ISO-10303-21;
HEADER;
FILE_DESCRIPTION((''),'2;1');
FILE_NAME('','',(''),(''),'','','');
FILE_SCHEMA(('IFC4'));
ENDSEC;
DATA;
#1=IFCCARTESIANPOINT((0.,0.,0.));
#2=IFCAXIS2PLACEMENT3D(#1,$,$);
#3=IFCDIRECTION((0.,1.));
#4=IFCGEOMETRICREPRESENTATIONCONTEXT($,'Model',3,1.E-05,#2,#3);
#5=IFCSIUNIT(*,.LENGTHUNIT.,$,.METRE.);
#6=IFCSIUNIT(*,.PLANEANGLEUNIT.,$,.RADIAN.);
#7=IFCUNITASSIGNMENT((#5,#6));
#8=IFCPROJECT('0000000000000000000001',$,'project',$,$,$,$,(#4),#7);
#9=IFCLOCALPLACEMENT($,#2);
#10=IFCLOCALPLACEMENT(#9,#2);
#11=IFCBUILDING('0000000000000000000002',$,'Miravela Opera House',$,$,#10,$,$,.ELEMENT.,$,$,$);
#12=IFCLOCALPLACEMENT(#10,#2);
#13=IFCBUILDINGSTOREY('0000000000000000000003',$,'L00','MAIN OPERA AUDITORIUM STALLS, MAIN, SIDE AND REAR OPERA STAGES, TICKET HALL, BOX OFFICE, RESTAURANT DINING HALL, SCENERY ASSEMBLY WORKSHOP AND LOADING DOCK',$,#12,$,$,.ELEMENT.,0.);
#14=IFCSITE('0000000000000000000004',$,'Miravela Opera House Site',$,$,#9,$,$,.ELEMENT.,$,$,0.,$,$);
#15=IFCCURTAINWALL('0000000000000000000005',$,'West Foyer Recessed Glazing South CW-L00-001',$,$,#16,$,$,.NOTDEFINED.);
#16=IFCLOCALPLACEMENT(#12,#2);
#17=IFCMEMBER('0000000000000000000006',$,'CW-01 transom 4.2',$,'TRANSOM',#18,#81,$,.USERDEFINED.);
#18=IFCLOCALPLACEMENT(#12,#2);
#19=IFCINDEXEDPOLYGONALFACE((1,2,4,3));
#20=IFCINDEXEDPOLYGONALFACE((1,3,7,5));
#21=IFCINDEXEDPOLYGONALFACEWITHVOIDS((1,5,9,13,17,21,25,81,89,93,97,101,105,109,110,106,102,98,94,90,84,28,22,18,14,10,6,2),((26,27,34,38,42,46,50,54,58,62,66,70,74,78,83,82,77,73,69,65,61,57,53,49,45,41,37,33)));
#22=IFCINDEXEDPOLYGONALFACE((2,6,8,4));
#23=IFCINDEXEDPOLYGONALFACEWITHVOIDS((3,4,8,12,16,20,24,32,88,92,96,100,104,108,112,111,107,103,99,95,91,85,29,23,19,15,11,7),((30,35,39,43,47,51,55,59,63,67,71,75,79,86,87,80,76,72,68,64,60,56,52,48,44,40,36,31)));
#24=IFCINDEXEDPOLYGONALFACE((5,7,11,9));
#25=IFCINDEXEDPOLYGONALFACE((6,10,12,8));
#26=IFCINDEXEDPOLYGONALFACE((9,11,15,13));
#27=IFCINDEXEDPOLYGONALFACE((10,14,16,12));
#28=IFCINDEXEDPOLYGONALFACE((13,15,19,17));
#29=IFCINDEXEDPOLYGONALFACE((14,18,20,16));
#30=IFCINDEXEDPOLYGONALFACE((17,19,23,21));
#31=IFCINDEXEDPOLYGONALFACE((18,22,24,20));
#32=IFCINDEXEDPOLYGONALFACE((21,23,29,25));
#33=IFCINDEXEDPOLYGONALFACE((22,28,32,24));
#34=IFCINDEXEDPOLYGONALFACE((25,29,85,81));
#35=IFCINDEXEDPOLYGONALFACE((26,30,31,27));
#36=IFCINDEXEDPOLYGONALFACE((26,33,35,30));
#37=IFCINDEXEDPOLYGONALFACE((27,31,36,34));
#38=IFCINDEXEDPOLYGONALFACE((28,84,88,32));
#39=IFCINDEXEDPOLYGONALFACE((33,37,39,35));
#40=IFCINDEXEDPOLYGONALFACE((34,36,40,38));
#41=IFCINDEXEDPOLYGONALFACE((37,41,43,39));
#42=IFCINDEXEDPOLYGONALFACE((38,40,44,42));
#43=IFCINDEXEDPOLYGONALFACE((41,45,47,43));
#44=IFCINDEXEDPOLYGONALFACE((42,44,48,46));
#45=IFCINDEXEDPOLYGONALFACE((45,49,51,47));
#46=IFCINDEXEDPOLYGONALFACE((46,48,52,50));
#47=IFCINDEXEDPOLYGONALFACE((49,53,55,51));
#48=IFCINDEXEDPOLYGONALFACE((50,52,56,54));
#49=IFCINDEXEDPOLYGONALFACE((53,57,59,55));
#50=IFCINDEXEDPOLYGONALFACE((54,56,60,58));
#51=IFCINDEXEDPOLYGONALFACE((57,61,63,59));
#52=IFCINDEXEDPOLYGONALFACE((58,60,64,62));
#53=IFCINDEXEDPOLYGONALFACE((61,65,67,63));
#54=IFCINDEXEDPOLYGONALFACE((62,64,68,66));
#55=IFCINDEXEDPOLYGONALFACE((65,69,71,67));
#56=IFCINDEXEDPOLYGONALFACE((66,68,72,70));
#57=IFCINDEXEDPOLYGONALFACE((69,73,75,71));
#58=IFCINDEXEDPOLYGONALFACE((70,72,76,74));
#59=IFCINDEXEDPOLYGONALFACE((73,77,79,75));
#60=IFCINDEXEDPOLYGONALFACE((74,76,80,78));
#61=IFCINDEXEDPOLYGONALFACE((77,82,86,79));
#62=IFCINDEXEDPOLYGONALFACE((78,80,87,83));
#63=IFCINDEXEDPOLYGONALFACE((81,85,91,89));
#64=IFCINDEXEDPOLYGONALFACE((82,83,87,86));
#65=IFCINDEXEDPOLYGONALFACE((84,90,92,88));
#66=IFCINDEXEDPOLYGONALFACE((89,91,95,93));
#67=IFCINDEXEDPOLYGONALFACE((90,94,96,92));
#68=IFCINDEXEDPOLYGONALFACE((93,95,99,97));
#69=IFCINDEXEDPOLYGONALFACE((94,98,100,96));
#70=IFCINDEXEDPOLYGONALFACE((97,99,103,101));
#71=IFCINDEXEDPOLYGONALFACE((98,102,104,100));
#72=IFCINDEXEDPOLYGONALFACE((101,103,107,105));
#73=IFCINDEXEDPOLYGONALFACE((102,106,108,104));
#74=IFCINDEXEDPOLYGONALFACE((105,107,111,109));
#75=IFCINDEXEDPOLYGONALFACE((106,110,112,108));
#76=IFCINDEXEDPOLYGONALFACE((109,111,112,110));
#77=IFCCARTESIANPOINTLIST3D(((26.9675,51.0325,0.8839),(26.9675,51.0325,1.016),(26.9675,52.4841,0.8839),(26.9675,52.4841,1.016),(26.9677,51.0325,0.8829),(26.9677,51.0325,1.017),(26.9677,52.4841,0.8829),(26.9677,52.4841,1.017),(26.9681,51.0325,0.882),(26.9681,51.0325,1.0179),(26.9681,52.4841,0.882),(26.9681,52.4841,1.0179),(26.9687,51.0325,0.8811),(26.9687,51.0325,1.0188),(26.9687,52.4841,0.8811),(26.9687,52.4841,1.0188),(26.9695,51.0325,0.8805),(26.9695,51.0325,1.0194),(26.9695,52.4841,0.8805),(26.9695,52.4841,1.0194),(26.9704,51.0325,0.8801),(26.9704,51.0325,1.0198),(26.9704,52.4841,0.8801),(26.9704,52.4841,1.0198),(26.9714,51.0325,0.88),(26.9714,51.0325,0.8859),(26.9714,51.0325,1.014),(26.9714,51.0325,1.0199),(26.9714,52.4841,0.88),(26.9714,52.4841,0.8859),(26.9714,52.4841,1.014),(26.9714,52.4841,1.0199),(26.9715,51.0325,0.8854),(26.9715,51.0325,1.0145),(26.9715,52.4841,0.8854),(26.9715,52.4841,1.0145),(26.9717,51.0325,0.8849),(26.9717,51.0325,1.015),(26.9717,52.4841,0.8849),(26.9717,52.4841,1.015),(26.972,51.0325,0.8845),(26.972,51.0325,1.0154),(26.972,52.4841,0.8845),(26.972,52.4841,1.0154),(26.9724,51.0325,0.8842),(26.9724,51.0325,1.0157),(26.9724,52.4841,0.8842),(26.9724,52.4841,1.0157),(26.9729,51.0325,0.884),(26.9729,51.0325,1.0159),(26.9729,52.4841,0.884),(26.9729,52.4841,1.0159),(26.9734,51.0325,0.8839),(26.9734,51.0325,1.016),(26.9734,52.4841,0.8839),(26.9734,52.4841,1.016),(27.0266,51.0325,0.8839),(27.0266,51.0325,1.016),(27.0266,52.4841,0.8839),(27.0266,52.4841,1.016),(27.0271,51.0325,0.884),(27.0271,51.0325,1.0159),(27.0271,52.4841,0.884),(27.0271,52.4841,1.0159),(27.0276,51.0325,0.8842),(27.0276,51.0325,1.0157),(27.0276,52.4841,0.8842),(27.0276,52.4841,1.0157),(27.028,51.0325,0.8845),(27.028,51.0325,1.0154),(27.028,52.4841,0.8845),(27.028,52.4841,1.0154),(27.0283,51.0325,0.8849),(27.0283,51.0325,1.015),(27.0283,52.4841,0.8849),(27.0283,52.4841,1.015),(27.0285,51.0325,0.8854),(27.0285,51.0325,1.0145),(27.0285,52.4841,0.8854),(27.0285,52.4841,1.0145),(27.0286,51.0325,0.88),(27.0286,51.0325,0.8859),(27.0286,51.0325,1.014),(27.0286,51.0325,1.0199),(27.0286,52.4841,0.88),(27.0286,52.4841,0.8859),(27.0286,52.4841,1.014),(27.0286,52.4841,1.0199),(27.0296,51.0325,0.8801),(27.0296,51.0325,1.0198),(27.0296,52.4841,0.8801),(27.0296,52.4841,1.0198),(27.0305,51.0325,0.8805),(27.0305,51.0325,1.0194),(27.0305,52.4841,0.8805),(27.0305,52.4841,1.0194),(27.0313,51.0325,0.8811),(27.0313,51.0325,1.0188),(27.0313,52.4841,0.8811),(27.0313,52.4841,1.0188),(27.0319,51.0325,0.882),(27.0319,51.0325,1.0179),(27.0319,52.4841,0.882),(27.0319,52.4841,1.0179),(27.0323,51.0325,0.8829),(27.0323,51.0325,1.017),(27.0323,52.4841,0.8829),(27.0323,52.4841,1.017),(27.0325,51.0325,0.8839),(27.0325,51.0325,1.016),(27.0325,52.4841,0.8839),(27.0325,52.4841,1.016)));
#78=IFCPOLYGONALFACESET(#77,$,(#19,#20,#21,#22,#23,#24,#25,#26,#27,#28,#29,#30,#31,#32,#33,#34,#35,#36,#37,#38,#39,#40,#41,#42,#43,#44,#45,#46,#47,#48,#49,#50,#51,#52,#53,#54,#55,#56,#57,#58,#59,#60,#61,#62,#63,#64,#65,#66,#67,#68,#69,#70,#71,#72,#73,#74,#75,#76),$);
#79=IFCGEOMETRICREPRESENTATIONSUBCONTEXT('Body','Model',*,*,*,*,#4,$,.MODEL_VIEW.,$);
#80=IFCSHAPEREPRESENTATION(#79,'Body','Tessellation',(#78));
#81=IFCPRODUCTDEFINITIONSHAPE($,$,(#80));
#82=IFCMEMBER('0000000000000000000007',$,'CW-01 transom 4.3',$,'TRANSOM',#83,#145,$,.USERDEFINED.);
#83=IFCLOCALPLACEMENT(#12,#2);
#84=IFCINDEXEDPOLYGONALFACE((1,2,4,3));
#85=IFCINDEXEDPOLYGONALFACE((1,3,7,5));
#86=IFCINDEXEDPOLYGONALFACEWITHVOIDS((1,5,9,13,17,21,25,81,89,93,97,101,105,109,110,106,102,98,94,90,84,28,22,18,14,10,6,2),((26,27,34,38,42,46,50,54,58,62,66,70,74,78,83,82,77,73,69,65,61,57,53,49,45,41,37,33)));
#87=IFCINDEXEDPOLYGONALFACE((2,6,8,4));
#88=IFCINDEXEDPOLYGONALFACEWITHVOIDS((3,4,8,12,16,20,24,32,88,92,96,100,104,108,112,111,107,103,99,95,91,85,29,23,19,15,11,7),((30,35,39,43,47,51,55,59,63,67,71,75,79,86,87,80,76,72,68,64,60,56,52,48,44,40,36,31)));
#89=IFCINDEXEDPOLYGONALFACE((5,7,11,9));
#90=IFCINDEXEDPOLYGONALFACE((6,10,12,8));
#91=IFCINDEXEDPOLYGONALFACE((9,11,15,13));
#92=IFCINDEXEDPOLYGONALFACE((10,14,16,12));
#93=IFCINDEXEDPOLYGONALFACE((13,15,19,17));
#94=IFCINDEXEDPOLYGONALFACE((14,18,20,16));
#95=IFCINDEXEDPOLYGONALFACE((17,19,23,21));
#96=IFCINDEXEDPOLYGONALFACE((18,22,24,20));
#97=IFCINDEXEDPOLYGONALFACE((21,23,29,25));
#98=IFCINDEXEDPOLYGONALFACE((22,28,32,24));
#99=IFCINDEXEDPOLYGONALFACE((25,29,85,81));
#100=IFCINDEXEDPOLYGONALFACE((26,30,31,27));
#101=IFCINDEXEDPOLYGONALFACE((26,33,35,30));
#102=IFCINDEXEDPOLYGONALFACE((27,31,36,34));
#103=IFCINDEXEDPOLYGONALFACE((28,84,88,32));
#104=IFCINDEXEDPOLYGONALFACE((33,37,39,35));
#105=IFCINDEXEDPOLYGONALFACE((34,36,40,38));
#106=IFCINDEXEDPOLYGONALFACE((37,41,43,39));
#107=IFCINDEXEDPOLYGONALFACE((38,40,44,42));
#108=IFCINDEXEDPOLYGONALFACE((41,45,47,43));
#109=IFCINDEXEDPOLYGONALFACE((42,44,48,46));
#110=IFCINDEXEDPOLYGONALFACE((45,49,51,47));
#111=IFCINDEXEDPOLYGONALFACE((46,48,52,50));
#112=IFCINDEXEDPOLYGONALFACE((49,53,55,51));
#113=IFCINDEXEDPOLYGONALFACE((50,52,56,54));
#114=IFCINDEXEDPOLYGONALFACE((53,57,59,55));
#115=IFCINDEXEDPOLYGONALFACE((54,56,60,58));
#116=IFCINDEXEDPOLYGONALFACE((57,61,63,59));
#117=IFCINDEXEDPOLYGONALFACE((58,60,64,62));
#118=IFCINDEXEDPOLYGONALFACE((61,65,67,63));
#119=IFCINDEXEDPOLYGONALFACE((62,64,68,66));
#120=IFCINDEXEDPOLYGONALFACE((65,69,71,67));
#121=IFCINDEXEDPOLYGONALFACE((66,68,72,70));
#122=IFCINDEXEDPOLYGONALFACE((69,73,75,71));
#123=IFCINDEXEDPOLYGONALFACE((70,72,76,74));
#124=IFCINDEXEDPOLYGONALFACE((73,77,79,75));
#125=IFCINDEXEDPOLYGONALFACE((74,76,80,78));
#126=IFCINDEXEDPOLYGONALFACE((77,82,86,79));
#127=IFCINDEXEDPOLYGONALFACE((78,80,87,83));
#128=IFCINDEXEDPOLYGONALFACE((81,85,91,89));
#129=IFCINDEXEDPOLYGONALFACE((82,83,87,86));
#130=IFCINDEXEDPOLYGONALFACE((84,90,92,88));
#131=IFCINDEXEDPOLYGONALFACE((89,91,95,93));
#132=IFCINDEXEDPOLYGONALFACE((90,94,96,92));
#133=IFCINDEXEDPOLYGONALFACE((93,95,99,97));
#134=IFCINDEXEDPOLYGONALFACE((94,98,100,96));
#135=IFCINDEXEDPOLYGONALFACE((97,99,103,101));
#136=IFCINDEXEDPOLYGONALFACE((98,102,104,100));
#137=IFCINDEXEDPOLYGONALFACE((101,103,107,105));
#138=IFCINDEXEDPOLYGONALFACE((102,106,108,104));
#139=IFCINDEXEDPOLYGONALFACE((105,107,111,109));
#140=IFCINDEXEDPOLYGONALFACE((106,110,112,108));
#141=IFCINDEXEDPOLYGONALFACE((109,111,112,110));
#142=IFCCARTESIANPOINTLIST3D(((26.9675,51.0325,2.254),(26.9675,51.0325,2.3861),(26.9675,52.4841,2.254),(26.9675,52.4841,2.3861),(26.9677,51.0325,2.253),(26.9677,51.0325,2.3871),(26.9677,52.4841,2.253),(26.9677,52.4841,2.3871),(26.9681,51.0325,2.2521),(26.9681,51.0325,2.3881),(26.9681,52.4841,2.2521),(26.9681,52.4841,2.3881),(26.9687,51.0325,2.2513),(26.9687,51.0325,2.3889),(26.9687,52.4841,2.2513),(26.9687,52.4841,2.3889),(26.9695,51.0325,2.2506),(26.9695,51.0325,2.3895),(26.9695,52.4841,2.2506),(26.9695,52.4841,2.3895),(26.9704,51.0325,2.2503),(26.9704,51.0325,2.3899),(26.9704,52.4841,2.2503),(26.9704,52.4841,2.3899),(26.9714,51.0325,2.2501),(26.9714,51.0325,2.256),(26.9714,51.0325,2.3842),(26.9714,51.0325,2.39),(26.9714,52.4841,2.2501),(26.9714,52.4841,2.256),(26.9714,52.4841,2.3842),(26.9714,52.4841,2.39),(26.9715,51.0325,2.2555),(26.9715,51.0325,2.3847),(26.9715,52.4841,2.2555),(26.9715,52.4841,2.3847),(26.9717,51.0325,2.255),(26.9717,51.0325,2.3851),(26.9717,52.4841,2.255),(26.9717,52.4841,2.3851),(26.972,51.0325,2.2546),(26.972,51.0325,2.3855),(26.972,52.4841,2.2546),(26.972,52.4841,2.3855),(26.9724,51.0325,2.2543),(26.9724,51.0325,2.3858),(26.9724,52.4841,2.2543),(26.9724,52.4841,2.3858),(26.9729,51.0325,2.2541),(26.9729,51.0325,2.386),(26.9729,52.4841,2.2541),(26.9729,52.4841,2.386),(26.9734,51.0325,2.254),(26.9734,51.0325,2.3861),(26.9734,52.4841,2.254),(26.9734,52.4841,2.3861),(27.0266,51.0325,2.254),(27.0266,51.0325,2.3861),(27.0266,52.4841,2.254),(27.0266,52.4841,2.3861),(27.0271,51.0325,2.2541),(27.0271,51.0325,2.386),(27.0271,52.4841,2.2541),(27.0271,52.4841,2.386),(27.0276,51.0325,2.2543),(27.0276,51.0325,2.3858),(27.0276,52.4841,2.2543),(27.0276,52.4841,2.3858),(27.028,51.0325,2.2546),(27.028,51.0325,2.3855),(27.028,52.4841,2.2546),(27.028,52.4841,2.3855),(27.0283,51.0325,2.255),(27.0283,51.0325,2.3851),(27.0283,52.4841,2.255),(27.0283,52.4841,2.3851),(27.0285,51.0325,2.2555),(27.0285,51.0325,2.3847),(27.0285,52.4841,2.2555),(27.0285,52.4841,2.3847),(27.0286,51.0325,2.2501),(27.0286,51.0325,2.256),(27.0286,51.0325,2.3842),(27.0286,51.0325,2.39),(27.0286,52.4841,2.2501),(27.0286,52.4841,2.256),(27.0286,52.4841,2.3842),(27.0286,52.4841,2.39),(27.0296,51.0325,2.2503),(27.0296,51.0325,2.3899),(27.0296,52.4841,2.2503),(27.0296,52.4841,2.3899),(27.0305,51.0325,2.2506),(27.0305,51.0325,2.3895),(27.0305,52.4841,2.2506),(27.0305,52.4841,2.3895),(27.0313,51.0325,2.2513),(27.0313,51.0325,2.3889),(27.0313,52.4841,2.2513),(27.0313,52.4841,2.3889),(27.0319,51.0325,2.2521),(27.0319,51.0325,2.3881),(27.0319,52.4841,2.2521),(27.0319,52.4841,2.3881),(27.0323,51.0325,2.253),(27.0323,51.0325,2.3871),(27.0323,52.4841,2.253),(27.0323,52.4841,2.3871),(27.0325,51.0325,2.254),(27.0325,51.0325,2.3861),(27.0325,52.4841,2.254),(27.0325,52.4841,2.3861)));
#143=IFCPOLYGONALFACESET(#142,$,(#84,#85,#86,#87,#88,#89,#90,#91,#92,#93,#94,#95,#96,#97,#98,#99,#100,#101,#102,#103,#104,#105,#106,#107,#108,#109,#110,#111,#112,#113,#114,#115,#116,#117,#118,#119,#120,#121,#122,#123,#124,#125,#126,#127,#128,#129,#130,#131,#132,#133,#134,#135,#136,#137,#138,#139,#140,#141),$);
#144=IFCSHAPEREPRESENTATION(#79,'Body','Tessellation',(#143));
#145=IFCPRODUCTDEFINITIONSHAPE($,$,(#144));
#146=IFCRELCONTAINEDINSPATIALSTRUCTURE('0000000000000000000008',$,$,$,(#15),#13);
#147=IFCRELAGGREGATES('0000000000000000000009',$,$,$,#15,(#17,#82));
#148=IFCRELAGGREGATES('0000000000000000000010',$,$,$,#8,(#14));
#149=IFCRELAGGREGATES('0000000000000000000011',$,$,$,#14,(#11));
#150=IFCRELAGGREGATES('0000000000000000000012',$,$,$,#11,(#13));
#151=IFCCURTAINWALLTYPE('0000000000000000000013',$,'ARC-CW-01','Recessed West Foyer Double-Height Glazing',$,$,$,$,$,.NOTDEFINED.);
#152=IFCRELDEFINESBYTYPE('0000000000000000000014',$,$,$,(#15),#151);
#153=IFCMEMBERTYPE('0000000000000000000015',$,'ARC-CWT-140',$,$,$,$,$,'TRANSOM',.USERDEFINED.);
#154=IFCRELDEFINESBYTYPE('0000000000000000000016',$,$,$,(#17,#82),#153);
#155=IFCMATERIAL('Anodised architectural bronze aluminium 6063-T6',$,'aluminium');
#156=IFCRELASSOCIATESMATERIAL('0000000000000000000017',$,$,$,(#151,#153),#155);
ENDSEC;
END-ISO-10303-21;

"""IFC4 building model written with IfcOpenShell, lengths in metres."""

from ifc_helpers import new_model, si_unit, direction, frame, origin, origin_2d, place, context, subcontext, project, spatial, hollow_rectangle, extrude, material, material_profile, profile_set, type_object, element, aggregate, save


model = new_model("IFC4")

# Units and contexts
model_context = context("Model", 3, precision=1e-05, world=origin(), true_north=direction((0.0, 1.0)))
body_context = subcontext(model_context, "Body", "Model", "MODEL_VIEW")
ifc_project = project(units=[si_unit("LENGTHUNIT", "METRE"), si_unit("PLANEANGLEUNIT", "RADIAN")], contexts=[model_context])

# Site, building, storey
site_placement = place(None, origin())
site = spatial("IfcSite", under=ifc_project, at=site_placement, Name="Miravela Opera House Site", CompositionType="ELEMENT", RefElevation=0.0)
building_placement = place(site_placement, origin())
building = spatial("IfcBuilding", under=site, at=building_placement, Name="Miravela Opera House", CompositionType="ELEMENT")
storey_placement = place(building_placement, origin())
storey = spatial("IfcBuildingStorey", under=building, at=storey_placement, Name="L00", Description="MAIN OPERA AUDITORIUM STALLS, MAIN, SIDE AND REAR OPERA STAGES, TICKET HALL, BOX OFFICE, RESTAURANT DINING HALL, SCENERY ASSEMBLY WORKSHOP AND LOADING DOCK", CompositionType="ELEMENT", Elevation=0.0)

# Curtain wall, members
ifc_material_1 = material(Name="Anodised architectural bronze aluminium 6063-T6", Category="aluminium")
curtain_wall_type = type_object("IfcCurtainWallType", Name="ARC-CW-01", Description="Recessed West Foyer Double-Height Glazing", PredefinedType="NOTDEFINED", material=ifc_material_1)
curtain_wall_placement = place(storey_placement, origin())
curtain_wall = element("IfcCurtainWall", 1, at=curtain_wall_placement, inside=storey, type_object=curtain_wall_type, Name="West Foyer Recessed Glazing South CW-L00-001", PredefinedType="NOTDEFINED")
ifc_material_profile_1 = material_profile(ifc_material_1, hollow_rectangle(XDim=0.0649, YDim=0.1399, WallThickness=0.0039, InnerFilletRadius=0.002, OuterFilletRadius=0.0039, at=origin_2d()), Name="CWT-65X140")
ifc_profile_set_1 = profile_set([ifc_material_profile_1])
member_type_1 = type_object("IfcMemberType", Name="ARC-CWT-140", ElementType="TRANSOM", PredefinedType="USERDEFINED", material=ifc_profile_set_1)
member_1_placement = place(storey_placement, frame((27.0, 51.0325, 0.95), z_axis=(0.0, 1.0, 0.0), x_axis=(-1.0, 0.0, 0.0)))
member_1 = element("IfcMember", 2, at=member_1_placement, type_object=member_type_1, Name="CW-01 transom 4.2", ObjectType="TRANSOM", PredefinedType="USERDEFINED", context=body_context, shape_type="SweptSolid", body=[
    extrude(hollow_rectangle(XDim=0.0649, YDim=0.1399, WallThickness=0.0039, InnerFilletRadius=0.002, OuterFilletRadius=0.0039, at=origin_2d()), origin(), (0.0, 0.0, 1.0), 1.4517),
])
member_2_placement = place(storey_placement, frame((27.0, 51.0325, 2.3201), z_axis=(0.0, 1.0, 0.0), x_axis=(-1.0, 0.0, 0.0)))
member_2 = element("IfcMember", 3, at=member_2_placement, type_object=member_type_1, Name="CW-01 transom 4.3", ObjectType="TRANSOM", PredefinedType="USERDEFINED", context=body_context, shape_type="SweptSolid", body=[
    extrude(hollow_rectangle(XDim=0.0649, YDim=0.1399, WallThickness=0.0039, InnerFilletRadius=0.002, OuterFilletRadius=0.0039, at=origin_2d()), origin(), (0.0, 0.0, 1.0), 1.4517),
])

aggregate(curtain_wall, [member_1, member_2])

save(model, "model.ifc")
